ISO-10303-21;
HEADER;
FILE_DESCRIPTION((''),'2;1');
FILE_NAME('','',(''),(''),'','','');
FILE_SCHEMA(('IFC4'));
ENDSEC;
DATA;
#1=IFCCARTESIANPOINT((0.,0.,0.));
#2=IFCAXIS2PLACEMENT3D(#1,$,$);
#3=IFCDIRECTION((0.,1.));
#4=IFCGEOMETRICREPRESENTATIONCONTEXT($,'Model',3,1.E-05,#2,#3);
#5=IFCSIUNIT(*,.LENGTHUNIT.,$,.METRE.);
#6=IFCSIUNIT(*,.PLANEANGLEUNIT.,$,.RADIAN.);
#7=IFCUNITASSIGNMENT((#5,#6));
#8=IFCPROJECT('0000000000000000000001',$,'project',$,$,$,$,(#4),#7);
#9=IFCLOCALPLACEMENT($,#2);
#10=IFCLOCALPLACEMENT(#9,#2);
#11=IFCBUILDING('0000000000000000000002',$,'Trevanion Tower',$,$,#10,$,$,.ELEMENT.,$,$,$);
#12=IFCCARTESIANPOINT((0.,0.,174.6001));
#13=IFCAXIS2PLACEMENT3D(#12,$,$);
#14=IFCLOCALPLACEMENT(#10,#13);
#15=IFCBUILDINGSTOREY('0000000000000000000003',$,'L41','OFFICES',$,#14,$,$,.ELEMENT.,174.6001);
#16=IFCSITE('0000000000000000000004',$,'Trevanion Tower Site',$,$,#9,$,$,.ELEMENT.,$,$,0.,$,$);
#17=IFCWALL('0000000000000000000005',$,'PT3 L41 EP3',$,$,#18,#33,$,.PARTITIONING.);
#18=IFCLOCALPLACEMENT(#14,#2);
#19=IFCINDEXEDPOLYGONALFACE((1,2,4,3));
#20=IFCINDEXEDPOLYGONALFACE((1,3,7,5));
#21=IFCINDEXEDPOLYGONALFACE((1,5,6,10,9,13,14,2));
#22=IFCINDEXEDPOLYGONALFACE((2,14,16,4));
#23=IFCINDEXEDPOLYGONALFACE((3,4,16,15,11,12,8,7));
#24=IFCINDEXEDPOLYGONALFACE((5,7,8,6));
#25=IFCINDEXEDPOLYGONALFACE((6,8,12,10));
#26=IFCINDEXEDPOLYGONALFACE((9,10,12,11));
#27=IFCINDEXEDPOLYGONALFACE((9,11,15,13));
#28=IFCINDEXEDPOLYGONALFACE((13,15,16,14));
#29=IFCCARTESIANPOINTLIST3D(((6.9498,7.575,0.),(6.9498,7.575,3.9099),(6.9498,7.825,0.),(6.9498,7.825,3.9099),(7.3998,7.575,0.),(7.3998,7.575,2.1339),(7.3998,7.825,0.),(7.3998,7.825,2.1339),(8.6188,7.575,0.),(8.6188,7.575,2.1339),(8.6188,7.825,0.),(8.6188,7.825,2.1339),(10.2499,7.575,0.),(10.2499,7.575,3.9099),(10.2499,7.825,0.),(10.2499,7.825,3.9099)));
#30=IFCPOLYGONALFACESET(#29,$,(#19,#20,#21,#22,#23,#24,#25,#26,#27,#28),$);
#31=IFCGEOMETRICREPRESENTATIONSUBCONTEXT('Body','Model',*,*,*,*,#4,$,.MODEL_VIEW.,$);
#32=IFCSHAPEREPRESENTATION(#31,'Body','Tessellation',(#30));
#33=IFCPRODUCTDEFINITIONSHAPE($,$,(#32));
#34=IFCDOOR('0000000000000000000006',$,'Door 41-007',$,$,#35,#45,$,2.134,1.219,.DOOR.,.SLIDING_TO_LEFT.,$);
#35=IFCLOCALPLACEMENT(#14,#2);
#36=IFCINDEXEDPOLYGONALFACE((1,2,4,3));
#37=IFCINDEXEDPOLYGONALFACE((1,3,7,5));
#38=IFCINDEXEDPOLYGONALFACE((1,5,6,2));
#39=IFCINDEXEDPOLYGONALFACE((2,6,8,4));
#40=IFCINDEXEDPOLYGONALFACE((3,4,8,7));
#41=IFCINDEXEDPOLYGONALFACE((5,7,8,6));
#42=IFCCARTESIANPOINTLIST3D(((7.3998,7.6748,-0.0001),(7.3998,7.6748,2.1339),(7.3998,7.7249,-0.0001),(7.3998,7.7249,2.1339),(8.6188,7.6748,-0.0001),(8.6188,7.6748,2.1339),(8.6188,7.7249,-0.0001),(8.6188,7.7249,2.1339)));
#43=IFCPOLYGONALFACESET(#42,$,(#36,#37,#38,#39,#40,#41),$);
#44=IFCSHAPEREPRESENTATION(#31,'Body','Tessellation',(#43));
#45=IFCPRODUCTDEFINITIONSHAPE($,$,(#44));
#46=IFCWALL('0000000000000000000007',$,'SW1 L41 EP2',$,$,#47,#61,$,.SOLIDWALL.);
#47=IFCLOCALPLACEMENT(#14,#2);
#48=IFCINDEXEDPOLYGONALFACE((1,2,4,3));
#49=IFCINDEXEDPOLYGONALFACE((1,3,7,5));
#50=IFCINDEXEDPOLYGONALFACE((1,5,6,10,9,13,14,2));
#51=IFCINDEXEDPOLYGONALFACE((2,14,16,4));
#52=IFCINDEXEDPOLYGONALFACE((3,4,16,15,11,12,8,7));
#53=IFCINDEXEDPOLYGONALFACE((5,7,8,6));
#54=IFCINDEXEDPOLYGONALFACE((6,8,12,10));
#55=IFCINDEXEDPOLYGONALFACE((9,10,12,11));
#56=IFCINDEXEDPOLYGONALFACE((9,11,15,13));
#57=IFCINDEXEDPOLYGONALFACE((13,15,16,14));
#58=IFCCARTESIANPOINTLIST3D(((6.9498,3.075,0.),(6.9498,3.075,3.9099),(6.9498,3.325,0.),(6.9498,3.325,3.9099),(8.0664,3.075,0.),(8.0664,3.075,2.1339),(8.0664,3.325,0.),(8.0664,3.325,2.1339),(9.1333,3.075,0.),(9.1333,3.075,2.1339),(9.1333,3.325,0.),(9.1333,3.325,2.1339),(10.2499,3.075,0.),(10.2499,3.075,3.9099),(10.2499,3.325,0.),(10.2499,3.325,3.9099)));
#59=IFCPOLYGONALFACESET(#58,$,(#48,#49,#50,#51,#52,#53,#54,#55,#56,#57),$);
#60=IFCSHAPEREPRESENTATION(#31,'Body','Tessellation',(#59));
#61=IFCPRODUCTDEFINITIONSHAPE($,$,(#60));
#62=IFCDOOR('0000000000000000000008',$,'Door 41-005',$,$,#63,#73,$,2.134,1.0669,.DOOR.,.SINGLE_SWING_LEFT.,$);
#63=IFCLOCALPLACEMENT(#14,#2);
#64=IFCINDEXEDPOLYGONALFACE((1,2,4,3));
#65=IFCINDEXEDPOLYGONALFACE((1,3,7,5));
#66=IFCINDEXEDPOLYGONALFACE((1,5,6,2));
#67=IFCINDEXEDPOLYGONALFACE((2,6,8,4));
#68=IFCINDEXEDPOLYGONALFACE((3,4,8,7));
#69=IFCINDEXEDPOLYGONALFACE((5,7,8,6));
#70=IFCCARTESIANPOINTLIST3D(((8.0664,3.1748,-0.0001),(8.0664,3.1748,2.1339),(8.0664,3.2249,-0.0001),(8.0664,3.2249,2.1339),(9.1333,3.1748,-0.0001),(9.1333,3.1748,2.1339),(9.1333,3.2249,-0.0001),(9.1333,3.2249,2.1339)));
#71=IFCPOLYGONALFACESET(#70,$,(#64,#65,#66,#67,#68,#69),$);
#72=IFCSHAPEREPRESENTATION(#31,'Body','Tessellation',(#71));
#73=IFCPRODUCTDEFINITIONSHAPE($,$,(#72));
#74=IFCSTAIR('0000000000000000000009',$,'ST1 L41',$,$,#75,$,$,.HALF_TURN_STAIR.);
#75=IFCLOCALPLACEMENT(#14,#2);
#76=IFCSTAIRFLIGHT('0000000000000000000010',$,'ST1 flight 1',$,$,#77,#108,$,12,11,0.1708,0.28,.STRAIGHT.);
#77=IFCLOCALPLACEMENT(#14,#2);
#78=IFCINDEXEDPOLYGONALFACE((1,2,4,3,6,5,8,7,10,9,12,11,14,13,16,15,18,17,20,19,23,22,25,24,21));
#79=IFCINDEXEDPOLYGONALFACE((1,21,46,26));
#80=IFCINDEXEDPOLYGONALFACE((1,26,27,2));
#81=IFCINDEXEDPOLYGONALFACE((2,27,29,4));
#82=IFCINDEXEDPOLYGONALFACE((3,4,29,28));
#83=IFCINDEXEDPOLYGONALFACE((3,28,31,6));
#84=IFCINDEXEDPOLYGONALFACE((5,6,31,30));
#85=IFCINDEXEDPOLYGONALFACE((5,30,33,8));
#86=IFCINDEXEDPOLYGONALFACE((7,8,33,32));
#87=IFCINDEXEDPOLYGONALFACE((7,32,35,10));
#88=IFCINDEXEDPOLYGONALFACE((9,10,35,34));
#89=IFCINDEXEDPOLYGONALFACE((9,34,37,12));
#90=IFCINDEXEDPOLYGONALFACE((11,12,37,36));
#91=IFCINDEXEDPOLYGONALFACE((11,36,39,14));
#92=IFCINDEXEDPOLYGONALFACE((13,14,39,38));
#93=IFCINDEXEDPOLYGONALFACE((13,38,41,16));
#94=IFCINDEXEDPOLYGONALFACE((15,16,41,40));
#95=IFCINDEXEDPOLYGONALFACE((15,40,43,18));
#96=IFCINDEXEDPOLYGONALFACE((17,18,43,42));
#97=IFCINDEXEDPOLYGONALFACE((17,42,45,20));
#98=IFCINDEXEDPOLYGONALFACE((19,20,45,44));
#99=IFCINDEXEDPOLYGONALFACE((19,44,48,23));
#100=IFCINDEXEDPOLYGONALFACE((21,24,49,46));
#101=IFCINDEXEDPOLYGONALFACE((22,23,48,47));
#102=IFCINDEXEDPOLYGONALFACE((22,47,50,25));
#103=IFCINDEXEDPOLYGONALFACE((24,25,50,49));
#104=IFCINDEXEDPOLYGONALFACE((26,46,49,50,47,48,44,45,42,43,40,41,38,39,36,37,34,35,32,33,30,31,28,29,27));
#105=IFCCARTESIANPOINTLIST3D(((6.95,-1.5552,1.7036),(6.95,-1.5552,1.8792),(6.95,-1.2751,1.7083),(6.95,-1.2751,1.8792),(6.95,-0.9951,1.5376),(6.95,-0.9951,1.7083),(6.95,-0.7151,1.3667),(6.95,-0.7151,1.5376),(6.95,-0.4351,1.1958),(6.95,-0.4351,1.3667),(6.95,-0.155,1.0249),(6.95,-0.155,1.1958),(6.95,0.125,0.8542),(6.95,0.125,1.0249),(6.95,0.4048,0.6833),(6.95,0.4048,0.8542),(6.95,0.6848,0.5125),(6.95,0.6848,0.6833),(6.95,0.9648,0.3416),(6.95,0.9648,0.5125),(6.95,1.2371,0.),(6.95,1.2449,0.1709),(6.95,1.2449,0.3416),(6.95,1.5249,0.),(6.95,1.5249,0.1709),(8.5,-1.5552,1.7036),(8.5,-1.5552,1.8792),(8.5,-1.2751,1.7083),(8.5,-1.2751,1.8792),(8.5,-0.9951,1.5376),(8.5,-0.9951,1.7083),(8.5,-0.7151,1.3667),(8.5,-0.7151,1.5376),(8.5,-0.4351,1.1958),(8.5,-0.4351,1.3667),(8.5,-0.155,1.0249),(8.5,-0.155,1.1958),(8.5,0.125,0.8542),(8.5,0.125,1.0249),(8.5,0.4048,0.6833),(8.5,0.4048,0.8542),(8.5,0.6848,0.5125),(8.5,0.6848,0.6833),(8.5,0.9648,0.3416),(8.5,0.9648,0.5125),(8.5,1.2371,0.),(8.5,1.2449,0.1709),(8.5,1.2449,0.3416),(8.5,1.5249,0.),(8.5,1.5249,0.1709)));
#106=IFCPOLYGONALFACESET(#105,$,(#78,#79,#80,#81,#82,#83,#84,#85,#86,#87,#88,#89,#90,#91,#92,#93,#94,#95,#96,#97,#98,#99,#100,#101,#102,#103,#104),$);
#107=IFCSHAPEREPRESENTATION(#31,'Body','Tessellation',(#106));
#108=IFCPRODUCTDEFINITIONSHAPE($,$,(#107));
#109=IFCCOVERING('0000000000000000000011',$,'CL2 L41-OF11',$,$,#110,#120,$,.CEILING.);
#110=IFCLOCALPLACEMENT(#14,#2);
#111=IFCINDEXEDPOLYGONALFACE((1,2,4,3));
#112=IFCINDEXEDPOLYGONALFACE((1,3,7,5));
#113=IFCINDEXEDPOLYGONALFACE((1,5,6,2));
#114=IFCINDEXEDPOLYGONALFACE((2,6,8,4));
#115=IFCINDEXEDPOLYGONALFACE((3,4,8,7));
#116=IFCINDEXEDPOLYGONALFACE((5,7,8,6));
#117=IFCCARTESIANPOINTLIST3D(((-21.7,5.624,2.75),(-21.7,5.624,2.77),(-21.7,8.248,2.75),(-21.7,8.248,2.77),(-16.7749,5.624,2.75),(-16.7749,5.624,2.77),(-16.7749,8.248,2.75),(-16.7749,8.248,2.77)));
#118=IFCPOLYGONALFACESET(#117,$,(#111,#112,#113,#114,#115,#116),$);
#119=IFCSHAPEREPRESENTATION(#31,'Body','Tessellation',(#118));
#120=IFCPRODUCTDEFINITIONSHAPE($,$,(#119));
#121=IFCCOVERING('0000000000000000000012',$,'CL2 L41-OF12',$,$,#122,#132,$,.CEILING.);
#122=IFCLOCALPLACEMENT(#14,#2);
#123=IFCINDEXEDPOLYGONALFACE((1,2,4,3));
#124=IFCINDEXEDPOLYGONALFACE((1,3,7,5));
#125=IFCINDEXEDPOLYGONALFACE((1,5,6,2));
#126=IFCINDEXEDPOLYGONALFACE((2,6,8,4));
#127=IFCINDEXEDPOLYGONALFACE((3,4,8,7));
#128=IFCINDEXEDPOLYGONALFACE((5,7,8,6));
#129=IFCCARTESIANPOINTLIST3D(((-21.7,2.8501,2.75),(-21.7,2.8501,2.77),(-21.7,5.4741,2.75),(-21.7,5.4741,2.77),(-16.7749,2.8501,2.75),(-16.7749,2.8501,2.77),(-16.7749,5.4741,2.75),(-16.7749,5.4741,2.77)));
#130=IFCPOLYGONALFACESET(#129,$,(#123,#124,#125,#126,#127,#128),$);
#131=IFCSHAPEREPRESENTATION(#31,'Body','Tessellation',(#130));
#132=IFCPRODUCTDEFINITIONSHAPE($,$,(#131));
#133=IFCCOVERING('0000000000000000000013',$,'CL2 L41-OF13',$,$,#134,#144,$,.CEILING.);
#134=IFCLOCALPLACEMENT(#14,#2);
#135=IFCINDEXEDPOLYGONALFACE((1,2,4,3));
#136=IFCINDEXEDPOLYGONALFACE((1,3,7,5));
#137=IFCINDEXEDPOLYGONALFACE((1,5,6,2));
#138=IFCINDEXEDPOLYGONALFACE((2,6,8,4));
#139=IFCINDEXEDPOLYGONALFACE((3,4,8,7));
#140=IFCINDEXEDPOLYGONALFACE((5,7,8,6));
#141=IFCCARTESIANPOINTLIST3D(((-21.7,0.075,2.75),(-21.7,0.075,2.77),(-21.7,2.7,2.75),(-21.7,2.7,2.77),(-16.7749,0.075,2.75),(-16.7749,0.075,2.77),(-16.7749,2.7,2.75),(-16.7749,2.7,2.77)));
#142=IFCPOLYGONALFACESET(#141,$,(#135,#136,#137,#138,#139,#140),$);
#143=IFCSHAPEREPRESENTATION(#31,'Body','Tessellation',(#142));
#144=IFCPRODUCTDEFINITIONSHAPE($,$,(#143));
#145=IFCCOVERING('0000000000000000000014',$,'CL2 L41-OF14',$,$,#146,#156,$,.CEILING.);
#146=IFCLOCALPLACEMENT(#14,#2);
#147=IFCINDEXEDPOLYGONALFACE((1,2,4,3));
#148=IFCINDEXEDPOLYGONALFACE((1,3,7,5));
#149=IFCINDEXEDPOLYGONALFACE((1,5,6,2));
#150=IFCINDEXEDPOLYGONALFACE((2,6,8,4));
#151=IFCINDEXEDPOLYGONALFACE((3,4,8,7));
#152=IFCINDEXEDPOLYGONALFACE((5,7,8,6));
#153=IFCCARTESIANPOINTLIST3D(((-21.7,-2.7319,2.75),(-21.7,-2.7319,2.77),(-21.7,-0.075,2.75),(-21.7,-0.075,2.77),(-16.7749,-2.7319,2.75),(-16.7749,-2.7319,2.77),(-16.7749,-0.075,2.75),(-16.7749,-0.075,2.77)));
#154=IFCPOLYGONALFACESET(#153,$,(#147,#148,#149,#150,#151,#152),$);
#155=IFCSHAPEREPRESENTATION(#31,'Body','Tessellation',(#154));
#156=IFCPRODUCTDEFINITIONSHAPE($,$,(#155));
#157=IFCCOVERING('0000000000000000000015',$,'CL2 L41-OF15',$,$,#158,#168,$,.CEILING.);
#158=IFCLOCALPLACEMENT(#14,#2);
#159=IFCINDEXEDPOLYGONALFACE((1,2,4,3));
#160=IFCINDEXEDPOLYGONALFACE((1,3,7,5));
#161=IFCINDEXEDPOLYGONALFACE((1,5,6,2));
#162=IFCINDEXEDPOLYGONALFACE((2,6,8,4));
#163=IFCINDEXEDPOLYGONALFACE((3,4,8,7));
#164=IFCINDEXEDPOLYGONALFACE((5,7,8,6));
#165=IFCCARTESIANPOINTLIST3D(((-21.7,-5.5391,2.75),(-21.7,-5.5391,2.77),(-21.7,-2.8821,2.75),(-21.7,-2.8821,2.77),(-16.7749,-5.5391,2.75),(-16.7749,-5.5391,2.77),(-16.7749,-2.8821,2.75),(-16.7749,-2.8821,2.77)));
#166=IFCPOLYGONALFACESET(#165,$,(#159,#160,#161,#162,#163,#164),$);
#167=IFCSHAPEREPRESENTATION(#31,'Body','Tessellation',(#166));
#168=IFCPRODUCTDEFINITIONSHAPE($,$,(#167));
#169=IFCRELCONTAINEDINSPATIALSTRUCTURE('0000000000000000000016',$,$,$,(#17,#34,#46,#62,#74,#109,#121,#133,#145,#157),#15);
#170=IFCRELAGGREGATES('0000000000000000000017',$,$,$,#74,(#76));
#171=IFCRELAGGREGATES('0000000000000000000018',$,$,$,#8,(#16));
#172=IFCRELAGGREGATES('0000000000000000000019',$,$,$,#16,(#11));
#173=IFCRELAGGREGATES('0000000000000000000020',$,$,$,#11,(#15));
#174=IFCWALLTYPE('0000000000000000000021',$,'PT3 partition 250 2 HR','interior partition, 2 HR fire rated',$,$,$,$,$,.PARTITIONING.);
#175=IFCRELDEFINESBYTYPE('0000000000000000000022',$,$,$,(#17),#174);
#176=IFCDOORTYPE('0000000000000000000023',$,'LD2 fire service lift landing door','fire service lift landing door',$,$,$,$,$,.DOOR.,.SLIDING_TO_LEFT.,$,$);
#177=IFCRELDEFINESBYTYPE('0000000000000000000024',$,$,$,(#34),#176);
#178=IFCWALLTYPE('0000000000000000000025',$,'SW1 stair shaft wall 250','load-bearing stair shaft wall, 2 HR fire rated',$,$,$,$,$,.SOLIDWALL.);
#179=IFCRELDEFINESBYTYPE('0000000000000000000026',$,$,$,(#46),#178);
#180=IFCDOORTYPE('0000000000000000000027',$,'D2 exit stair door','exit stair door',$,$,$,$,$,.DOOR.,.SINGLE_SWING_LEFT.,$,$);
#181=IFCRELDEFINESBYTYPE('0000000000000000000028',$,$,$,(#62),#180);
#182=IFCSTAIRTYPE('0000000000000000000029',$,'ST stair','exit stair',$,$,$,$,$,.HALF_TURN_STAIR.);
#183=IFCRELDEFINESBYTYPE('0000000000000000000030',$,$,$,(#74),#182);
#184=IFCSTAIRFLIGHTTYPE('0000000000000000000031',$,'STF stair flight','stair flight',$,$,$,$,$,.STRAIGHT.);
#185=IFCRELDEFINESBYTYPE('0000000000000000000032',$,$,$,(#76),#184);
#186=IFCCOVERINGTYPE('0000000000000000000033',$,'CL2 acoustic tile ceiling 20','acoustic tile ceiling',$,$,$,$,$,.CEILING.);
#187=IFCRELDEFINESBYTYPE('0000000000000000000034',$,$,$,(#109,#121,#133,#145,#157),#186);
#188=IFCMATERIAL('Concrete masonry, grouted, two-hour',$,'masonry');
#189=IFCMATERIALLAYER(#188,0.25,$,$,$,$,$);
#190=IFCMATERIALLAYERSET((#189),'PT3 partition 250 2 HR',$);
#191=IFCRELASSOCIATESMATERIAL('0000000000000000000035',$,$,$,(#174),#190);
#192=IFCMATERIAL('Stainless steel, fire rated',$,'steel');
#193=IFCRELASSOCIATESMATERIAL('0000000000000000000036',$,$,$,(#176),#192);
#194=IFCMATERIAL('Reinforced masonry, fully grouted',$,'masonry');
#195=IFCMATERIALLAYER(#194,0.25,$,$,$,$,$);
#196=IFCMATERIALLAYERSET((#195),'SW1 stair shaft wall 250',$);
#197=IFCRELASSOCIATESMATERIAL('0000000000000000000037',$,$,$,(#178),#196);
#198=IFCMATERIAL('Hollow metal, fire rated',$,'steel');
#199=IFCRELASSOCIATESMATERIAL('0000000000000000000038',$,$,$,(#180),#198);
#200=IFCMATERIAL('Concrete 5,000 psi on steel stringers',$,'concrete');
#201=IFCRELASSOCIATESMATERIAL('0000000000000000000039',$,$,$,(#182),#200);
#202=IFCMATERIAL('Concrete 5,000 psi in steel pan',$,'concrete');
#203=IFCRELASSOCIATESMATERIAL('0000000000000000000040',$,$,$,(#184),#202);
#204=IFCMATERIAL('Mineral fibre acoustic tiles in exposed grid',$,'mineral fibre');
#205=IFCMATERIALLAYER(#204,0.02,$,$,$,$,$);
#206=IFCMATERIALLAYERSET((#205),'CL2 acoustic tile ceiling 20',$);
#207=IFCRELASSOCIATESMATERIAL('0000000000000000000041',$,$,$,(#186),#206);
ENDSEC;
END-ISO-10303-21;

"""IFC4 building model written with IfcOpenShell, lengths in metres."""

from ifc_helpers import new_model, si_unit, direction, frame, frame_2d, origin, place, context, subcontext, project, spatial, polyline, rectangle, outline, extrude, material, layer, layer_set, type_object, element, fill, aggregate, save


model = new_model("IFC4")

# Units and contexts
model_context = context("Model", 3, precision=1e-05, world=origin(), true_north=direction((0.0, 1.0)))
body_context = subcontext(model_context, "Body", "Model", "MODEL_VIEW")
ifc_project = project(units=[si_unit("LENGTHUNIT", "METRE"), si_unit("PLANEANGLEUNIT", "RADIAN")], contexts=[model_context])

# Site, building, storey
site_placement = place(None, origin())
site = spatial("IfcSite", under=ifc_project, at=site_placement, Name="Trevanion Tower Site", CompositionType="ELEMENT", RefElevation=0.0)
building_placement = place(site_placement, origin())
building = spatial("IfcBuilding", under=site, at=building_placement, Name="Trevanion Tower", CompositionType="ELEMENT")
storey_placement = place(building_placement, frame((0.0, 0.0, 174.6001)))
storey = spatial("IfcBuildingStorey", under=building, at=storey_placement, Name="L41", Description="OFFICES", CompositionType="ELEMENT", Elevation=174.6001)

# Walls, openings, doors
ifc_material_1 = material(Name="Concrete masonry, grouted, two-hour", Category="masonry")
ifc_layer_1 = layer(ifc_material_1, 0.25)
ifc_layer_set_1 = layer_set([ifc_layer_1], Name="PT3 partition 250 2 HR")
wall_type_1 = type_object("IfcWallType", Name="PT3 partition 250 2 HR", Description="interior partition, 2 HR fire rated", PredefinedType="PARTITIONING", material=ifc_layer_set_1)
wall_1_placement = place(storey_placement, frame((6.95, 7.7, 0.0), z_axis=(0.0, 0.0, 1.0), x_axis=(1.0, 0.0, 0.0)))
wall_1 = element("IfcWall", 1, at=wall_1_placement, inside=storey, type_object=wall_type_1, Name="PT3 L41 EP3", PredefinedType="PARTITIONING", context=body_context, shape_type="SweptSolid", body=[
    extrude(rectangle(XDim=3.3, YDim=0.25, at=frame_2d((1.6499, 0.0))), origin(), (0.0, 0.0, 1.0), 3.9099),
])
opening_1_placement = place(wall_1_placement, frame((0.45, 0.0, 0.0)))
opening_1 = element("IfcOpeningElement", 2, at=opening_1_placement, cuts=wall_1, PredefinedType="OPENING", context=body_context, shape_type="SweptSolid", body=[
    extrude(rectangle(XDim=1.219, YDim=2.134, at=frame_2d((0.6094, 1.0669))), frame((0.0, 0.135, 0.0), z_axis=(0.0, -1.0, 0.0), x_axis=(1.0, 0.0, 0.0)), (0.0, 0.0, 1.0), 0.27),
])
ifc_material_2 = material(Name="Stainless steel, fire rated", Category="steel")
door_type_1 = type_object("IfcDoorType", Name="LD2 fire service lift landing door", Description="fire service lift landing door", OperationType="SLIDING_TO_LEFT", PredefinedType="DOOR", material=ifc_material_2)
door_1_placement = place(opening_1_placement, origin())
door_1 = element("IfcDoor", 3, at=door_1_placement, inside=storey, type_object=door_type_1, Name="Door 41-007", OperationType="SLIDING_TO_LEFT", OverallHeight=2.134, OverallWidth=1.219, PredefinedType="DOOR", context=body_context, shape_type="SweptSolid", body=[
    extrude(rectangle(XDim=1.219, YDim=2.134, at=frame_2d((0.6094, 1.0669))), frame((0.0, 0.0249, 0.0), z_axis=(0.0, -1.0, 0.0), x_axis=(1.0, 0.0, 0.0)), (0.0, 0.0, 1.0), 0.05),
])
fill(opening_1, door_1)
ifc_material_3 = material(Name="Reinforced masonry, fully grouted", Category="masonry")
ifc_layer_2 = layer(ifc_material_3, 0.25)
ifc_layer_set_2 = layer_set([ifc_layer_2], Name="SW1 stair shaft wall 250")
wall_type_2 = type_object("IfcWallType", Name="SW1 stair shaft wall 250", Description="load-bearing stair shaft wall, 2 HR fire rated", PredefinedType="SOLIDWALL", material=ifc_layer_set_2)
wall_2_placement = place(storey_placement, frame((6.95, 3.2, 0.0), z_axis=(0.0, 0.0, 1.0), x_axis=(1.0, 0.0, 0.0)))
wall_2 = element("IfcWall", 4, at=wall_2_placement, inside=storey, type_object=wall_type_2, Name="SW1 L41 EP2", PredefinedType="SOLIDWALL", context=body_context, shape_type="SweptSolid", body=[
    extrude(rectangle(XDim=3.3, YDim=0.25, at=frame_2d((1.6499, 0.0))), origin(), (0.0, 0.0, 1.0), 3.9099),
])
opening_2_placement = place(wall_2_placement, frame((1.1165, 0.0, 0.0)))
opening_2 = element("IfcOpeningElement", 5, at=opening_2_placement, cuts=wall_2, PredefinedType="OPENING", context=body_context, shape_type="SweptSolid", body=[
    extrude(rectangle(XDim=1.0669, YDim=2.134, at=frame_2d((0.5334, 1.0669))), frame((0.0, 0.135, 0.0), z_axis=(0.0, -1.0, 0.0), x_axis=(1.0, 0.0, 0.0)), (0.0, 0.0, 1.0), 0.27),
])
ifc_material_4 = material(Name="Hollow metal, fire rated", Category="steel")
door_type_2 = type_object("IfcDoorType", Name="D2 exit stair door", Description="exit stair door", OperationType="SINGLE_SWING_LEFT", PredefinedType="DOOR", material=ifc_material_4)
door_2_placement = place(opening_2_placement, origin())
door_2 = element("IfcDoor", 6, at=door_2_placement, inside=storey, type_object=door_type_2, Name="Door 41-005", OperationType="SINGLE_SWING_LEFT", OverallHeight=2.134, OverallWidth=1.0669, PredefinedType="DOOR", context=body_context, shape_type="SweptSolid", body=[
    extrude(rectangle(XDim=1.0669, YDim=2.134, at=frame_2d((0.5334, 1.0669))), frame((0.0, 0.0249, 0.0), z_axis=(0.0, -1.0, 0.0), x_axis=(1.0, 0.0, 0.0)), (0.0, 0.0, 1.0), 0.05),
])
fill(opening_2, door_2)

# Stair, stair flight
ifc_material_5 = material(Name="Concrete 5,000 psi on steel stringers", Category="concrete")
stair_type = type_object("IfcStairType", Name="ST stair", Description="exit stair", PredefinedType="HALF_TURN_STAIR", material=ifc_material_5)
stair_placement = place(storey_placement, origin())
stair = element("IfcStair", 7, at=stair_placement, inside=storey, type_object=stair_type, Name="ST1 L41", PredefinedType="HALF_TURN_STAIR")
ifc_material_6 = material(Name="Concrete 5,000 psi in steel pan", Category="concrete")
stair_flight_type = type_object("IfcStairFlightType", Name="STF stair flight", Description="stair flight", PredefinedType="STRAIGHT", material=ifc_material_6)
stair_flight_placement = place(storey_placement, frame((7.7251, 1.5249, 0.0), z_axis=(0.0, 0.0, 1.0), x_axis=(0.0, -1.0, 0.0)))
stair_flight = element("IfcStairFlight", 8, at=stair_flight_placement, type_object=stair_flight_type, Name="ST1 flight 1", NumberOfRisers=12, NumberOfTreads=11, PredefinedType="STRAIGHT", RiserHeight=0.1708, TreadLength=0.28, context=body_context, shape_type="SweptSolid", body=[
    extrude(outline(polyline([(0.0, 0.0), (0.0, 0.1709), (0.28, 0.1709), (0.28, 0.3416), (0.5601, 0.3416), (0.5601, 0.5125), (0.8401, 0.5125), (0.8401, 0.6833), (1.1201, 0.6833), (1.1201, 0.8542), (1.3999, 0.8542), (1.3999, 1.0249), (1.6799, 1.0249), (1.6799, 1.1958), (1.96, 1.1958), (1.96, 1.3667), (2.24, 1.3667), (2.24, 1.5376), (2.52, 1.5376), (2.52, 1.7083), (2.8, 1.7083), (2.8, 1.8792), (3.0801, 1.8792), (3.0801, 2.05), (3.0801, 1.7036), (0.2878, 0.0), (0.0, 0.0)])), frame((0.0, 0.7749, 0.0), z_axis=(0.0, -1.0, 0.0), x_axis=(1.0, 0.0, 0.0)), (0.0, 0.0, 1.0), 1.55),
])
aggregate(stair, [stair_flight])

# Coverings
ifc_material_7 = material(Name="Mineral fibre acoustic tiles in exposed grid", Category="mineral fibre")
ifc_layer_3 = layer(ifc_material_7, 0.02)
ifc_layer_set_3 = layer_set([ifc_layer_3], Name="CL2 acoustic tile ceiling 20")
covering_type_1 = type_object("IfcCoveringType", Name="CL2 acoustic tile ceiling 20", Description="acoustic tile ceiling", PredefinedType="CEILING", material=ifc_layer_set_3)
covering_1_placement = place(storey_placement, frame((0.0, 0.0, 2.75)))
element("IfcCovering", 9, at=covering_1_placement, inside=storey, type_object=covering_type_1, Name="CL2 L41-OF11", PredefinedType="CEILING", context=body_context, shape_type="SweptSolid", body=[
    extrude(outline(polyline([(-16.7749, 8.248), (-16.7749, 5.624), (-21.7, 5.624), (-21.7, 8.248), (-16.7749, 8.248)])), origin(), (0.0, 0.0, 1.0), 0.02),
])
covering_2_placement = place(storey_placement, frame((0.0, 0.0, 2.75)))
element("IfcCovering", 10, at=covering_2_placement, inside=storey, type_object=covering_type_1, Name="CL2 L41-OF12", PredefinedType="CEILING", context=body_context, shape_type="SweptSolid", body=[
    extrude(outline(polyline([(-16.7749, 5.4741), (-16.7749, 2.8501), (-21.7, 2.8501), (-21.7, 5.4741), (-16.7749, 5.4741)])), origin(), (0.0, 0.0, 1.0), 0.02),
])
covering_3_placement = place(storey_placement, frame((0.0, 0.0, 2.75)))
element("IfcCovering", 11, at=covering_3_placement, inside=storey, type_object=covering_type_1, Name="CL2 L41-OF13", PredefinedType="CEILING", context=body_context, shape_type="SweptSolid", body=[
    extrude(outline(polyline([(-16.7749, 2.7), (-16.7749, 0.075), (-21.7, 0.075), (-21.7, 2.7), (-16.7749, 2.7)])), origin(), (0.0, 0.0, 1.0), 0.02),
])
covering_4_placement = place(storey_placement, frame((0.0, 0.0, 2.75)))
element("IfcCovering", 12, at=covering_4_placement, inside=storey, type_object=covering_type_1, Name="CL2 L41-OF14", PredefinedType="CEILING", context=body_context, shape_type="SweptSolid", body=[
    extrude(outline(polyline([(-16.7749, -0.075), (-16.7749, -2.7319), (-21.7, -2.7319), (-21.7, -0.075), (-16.7749, -0.075)])), origin(), (0.0, 0.0, 1.0), 0.02),
])
covering_5_placement = place(storey_placement, frame((0.0, 0.0, 2.75)))
element("IfcCovering", 13, at=covering_5_placement, inside=storey, type_object=covering_type_1, Name="CL2 L41-OF15", PredefinedType="CEILING", context=body_context, shape_type="SweptSolid", body=[
    extrude(outline(polyline([(-16.7749, -2.8821), (-16.7749, -5.5391), (-21.7, -5.5391), (-21.7, -2.8821), (-16.7749, -2.8821)])), origin(), (0.0, 0.0, 1.0), 0.02),
])

save(model, "model.ifc")
